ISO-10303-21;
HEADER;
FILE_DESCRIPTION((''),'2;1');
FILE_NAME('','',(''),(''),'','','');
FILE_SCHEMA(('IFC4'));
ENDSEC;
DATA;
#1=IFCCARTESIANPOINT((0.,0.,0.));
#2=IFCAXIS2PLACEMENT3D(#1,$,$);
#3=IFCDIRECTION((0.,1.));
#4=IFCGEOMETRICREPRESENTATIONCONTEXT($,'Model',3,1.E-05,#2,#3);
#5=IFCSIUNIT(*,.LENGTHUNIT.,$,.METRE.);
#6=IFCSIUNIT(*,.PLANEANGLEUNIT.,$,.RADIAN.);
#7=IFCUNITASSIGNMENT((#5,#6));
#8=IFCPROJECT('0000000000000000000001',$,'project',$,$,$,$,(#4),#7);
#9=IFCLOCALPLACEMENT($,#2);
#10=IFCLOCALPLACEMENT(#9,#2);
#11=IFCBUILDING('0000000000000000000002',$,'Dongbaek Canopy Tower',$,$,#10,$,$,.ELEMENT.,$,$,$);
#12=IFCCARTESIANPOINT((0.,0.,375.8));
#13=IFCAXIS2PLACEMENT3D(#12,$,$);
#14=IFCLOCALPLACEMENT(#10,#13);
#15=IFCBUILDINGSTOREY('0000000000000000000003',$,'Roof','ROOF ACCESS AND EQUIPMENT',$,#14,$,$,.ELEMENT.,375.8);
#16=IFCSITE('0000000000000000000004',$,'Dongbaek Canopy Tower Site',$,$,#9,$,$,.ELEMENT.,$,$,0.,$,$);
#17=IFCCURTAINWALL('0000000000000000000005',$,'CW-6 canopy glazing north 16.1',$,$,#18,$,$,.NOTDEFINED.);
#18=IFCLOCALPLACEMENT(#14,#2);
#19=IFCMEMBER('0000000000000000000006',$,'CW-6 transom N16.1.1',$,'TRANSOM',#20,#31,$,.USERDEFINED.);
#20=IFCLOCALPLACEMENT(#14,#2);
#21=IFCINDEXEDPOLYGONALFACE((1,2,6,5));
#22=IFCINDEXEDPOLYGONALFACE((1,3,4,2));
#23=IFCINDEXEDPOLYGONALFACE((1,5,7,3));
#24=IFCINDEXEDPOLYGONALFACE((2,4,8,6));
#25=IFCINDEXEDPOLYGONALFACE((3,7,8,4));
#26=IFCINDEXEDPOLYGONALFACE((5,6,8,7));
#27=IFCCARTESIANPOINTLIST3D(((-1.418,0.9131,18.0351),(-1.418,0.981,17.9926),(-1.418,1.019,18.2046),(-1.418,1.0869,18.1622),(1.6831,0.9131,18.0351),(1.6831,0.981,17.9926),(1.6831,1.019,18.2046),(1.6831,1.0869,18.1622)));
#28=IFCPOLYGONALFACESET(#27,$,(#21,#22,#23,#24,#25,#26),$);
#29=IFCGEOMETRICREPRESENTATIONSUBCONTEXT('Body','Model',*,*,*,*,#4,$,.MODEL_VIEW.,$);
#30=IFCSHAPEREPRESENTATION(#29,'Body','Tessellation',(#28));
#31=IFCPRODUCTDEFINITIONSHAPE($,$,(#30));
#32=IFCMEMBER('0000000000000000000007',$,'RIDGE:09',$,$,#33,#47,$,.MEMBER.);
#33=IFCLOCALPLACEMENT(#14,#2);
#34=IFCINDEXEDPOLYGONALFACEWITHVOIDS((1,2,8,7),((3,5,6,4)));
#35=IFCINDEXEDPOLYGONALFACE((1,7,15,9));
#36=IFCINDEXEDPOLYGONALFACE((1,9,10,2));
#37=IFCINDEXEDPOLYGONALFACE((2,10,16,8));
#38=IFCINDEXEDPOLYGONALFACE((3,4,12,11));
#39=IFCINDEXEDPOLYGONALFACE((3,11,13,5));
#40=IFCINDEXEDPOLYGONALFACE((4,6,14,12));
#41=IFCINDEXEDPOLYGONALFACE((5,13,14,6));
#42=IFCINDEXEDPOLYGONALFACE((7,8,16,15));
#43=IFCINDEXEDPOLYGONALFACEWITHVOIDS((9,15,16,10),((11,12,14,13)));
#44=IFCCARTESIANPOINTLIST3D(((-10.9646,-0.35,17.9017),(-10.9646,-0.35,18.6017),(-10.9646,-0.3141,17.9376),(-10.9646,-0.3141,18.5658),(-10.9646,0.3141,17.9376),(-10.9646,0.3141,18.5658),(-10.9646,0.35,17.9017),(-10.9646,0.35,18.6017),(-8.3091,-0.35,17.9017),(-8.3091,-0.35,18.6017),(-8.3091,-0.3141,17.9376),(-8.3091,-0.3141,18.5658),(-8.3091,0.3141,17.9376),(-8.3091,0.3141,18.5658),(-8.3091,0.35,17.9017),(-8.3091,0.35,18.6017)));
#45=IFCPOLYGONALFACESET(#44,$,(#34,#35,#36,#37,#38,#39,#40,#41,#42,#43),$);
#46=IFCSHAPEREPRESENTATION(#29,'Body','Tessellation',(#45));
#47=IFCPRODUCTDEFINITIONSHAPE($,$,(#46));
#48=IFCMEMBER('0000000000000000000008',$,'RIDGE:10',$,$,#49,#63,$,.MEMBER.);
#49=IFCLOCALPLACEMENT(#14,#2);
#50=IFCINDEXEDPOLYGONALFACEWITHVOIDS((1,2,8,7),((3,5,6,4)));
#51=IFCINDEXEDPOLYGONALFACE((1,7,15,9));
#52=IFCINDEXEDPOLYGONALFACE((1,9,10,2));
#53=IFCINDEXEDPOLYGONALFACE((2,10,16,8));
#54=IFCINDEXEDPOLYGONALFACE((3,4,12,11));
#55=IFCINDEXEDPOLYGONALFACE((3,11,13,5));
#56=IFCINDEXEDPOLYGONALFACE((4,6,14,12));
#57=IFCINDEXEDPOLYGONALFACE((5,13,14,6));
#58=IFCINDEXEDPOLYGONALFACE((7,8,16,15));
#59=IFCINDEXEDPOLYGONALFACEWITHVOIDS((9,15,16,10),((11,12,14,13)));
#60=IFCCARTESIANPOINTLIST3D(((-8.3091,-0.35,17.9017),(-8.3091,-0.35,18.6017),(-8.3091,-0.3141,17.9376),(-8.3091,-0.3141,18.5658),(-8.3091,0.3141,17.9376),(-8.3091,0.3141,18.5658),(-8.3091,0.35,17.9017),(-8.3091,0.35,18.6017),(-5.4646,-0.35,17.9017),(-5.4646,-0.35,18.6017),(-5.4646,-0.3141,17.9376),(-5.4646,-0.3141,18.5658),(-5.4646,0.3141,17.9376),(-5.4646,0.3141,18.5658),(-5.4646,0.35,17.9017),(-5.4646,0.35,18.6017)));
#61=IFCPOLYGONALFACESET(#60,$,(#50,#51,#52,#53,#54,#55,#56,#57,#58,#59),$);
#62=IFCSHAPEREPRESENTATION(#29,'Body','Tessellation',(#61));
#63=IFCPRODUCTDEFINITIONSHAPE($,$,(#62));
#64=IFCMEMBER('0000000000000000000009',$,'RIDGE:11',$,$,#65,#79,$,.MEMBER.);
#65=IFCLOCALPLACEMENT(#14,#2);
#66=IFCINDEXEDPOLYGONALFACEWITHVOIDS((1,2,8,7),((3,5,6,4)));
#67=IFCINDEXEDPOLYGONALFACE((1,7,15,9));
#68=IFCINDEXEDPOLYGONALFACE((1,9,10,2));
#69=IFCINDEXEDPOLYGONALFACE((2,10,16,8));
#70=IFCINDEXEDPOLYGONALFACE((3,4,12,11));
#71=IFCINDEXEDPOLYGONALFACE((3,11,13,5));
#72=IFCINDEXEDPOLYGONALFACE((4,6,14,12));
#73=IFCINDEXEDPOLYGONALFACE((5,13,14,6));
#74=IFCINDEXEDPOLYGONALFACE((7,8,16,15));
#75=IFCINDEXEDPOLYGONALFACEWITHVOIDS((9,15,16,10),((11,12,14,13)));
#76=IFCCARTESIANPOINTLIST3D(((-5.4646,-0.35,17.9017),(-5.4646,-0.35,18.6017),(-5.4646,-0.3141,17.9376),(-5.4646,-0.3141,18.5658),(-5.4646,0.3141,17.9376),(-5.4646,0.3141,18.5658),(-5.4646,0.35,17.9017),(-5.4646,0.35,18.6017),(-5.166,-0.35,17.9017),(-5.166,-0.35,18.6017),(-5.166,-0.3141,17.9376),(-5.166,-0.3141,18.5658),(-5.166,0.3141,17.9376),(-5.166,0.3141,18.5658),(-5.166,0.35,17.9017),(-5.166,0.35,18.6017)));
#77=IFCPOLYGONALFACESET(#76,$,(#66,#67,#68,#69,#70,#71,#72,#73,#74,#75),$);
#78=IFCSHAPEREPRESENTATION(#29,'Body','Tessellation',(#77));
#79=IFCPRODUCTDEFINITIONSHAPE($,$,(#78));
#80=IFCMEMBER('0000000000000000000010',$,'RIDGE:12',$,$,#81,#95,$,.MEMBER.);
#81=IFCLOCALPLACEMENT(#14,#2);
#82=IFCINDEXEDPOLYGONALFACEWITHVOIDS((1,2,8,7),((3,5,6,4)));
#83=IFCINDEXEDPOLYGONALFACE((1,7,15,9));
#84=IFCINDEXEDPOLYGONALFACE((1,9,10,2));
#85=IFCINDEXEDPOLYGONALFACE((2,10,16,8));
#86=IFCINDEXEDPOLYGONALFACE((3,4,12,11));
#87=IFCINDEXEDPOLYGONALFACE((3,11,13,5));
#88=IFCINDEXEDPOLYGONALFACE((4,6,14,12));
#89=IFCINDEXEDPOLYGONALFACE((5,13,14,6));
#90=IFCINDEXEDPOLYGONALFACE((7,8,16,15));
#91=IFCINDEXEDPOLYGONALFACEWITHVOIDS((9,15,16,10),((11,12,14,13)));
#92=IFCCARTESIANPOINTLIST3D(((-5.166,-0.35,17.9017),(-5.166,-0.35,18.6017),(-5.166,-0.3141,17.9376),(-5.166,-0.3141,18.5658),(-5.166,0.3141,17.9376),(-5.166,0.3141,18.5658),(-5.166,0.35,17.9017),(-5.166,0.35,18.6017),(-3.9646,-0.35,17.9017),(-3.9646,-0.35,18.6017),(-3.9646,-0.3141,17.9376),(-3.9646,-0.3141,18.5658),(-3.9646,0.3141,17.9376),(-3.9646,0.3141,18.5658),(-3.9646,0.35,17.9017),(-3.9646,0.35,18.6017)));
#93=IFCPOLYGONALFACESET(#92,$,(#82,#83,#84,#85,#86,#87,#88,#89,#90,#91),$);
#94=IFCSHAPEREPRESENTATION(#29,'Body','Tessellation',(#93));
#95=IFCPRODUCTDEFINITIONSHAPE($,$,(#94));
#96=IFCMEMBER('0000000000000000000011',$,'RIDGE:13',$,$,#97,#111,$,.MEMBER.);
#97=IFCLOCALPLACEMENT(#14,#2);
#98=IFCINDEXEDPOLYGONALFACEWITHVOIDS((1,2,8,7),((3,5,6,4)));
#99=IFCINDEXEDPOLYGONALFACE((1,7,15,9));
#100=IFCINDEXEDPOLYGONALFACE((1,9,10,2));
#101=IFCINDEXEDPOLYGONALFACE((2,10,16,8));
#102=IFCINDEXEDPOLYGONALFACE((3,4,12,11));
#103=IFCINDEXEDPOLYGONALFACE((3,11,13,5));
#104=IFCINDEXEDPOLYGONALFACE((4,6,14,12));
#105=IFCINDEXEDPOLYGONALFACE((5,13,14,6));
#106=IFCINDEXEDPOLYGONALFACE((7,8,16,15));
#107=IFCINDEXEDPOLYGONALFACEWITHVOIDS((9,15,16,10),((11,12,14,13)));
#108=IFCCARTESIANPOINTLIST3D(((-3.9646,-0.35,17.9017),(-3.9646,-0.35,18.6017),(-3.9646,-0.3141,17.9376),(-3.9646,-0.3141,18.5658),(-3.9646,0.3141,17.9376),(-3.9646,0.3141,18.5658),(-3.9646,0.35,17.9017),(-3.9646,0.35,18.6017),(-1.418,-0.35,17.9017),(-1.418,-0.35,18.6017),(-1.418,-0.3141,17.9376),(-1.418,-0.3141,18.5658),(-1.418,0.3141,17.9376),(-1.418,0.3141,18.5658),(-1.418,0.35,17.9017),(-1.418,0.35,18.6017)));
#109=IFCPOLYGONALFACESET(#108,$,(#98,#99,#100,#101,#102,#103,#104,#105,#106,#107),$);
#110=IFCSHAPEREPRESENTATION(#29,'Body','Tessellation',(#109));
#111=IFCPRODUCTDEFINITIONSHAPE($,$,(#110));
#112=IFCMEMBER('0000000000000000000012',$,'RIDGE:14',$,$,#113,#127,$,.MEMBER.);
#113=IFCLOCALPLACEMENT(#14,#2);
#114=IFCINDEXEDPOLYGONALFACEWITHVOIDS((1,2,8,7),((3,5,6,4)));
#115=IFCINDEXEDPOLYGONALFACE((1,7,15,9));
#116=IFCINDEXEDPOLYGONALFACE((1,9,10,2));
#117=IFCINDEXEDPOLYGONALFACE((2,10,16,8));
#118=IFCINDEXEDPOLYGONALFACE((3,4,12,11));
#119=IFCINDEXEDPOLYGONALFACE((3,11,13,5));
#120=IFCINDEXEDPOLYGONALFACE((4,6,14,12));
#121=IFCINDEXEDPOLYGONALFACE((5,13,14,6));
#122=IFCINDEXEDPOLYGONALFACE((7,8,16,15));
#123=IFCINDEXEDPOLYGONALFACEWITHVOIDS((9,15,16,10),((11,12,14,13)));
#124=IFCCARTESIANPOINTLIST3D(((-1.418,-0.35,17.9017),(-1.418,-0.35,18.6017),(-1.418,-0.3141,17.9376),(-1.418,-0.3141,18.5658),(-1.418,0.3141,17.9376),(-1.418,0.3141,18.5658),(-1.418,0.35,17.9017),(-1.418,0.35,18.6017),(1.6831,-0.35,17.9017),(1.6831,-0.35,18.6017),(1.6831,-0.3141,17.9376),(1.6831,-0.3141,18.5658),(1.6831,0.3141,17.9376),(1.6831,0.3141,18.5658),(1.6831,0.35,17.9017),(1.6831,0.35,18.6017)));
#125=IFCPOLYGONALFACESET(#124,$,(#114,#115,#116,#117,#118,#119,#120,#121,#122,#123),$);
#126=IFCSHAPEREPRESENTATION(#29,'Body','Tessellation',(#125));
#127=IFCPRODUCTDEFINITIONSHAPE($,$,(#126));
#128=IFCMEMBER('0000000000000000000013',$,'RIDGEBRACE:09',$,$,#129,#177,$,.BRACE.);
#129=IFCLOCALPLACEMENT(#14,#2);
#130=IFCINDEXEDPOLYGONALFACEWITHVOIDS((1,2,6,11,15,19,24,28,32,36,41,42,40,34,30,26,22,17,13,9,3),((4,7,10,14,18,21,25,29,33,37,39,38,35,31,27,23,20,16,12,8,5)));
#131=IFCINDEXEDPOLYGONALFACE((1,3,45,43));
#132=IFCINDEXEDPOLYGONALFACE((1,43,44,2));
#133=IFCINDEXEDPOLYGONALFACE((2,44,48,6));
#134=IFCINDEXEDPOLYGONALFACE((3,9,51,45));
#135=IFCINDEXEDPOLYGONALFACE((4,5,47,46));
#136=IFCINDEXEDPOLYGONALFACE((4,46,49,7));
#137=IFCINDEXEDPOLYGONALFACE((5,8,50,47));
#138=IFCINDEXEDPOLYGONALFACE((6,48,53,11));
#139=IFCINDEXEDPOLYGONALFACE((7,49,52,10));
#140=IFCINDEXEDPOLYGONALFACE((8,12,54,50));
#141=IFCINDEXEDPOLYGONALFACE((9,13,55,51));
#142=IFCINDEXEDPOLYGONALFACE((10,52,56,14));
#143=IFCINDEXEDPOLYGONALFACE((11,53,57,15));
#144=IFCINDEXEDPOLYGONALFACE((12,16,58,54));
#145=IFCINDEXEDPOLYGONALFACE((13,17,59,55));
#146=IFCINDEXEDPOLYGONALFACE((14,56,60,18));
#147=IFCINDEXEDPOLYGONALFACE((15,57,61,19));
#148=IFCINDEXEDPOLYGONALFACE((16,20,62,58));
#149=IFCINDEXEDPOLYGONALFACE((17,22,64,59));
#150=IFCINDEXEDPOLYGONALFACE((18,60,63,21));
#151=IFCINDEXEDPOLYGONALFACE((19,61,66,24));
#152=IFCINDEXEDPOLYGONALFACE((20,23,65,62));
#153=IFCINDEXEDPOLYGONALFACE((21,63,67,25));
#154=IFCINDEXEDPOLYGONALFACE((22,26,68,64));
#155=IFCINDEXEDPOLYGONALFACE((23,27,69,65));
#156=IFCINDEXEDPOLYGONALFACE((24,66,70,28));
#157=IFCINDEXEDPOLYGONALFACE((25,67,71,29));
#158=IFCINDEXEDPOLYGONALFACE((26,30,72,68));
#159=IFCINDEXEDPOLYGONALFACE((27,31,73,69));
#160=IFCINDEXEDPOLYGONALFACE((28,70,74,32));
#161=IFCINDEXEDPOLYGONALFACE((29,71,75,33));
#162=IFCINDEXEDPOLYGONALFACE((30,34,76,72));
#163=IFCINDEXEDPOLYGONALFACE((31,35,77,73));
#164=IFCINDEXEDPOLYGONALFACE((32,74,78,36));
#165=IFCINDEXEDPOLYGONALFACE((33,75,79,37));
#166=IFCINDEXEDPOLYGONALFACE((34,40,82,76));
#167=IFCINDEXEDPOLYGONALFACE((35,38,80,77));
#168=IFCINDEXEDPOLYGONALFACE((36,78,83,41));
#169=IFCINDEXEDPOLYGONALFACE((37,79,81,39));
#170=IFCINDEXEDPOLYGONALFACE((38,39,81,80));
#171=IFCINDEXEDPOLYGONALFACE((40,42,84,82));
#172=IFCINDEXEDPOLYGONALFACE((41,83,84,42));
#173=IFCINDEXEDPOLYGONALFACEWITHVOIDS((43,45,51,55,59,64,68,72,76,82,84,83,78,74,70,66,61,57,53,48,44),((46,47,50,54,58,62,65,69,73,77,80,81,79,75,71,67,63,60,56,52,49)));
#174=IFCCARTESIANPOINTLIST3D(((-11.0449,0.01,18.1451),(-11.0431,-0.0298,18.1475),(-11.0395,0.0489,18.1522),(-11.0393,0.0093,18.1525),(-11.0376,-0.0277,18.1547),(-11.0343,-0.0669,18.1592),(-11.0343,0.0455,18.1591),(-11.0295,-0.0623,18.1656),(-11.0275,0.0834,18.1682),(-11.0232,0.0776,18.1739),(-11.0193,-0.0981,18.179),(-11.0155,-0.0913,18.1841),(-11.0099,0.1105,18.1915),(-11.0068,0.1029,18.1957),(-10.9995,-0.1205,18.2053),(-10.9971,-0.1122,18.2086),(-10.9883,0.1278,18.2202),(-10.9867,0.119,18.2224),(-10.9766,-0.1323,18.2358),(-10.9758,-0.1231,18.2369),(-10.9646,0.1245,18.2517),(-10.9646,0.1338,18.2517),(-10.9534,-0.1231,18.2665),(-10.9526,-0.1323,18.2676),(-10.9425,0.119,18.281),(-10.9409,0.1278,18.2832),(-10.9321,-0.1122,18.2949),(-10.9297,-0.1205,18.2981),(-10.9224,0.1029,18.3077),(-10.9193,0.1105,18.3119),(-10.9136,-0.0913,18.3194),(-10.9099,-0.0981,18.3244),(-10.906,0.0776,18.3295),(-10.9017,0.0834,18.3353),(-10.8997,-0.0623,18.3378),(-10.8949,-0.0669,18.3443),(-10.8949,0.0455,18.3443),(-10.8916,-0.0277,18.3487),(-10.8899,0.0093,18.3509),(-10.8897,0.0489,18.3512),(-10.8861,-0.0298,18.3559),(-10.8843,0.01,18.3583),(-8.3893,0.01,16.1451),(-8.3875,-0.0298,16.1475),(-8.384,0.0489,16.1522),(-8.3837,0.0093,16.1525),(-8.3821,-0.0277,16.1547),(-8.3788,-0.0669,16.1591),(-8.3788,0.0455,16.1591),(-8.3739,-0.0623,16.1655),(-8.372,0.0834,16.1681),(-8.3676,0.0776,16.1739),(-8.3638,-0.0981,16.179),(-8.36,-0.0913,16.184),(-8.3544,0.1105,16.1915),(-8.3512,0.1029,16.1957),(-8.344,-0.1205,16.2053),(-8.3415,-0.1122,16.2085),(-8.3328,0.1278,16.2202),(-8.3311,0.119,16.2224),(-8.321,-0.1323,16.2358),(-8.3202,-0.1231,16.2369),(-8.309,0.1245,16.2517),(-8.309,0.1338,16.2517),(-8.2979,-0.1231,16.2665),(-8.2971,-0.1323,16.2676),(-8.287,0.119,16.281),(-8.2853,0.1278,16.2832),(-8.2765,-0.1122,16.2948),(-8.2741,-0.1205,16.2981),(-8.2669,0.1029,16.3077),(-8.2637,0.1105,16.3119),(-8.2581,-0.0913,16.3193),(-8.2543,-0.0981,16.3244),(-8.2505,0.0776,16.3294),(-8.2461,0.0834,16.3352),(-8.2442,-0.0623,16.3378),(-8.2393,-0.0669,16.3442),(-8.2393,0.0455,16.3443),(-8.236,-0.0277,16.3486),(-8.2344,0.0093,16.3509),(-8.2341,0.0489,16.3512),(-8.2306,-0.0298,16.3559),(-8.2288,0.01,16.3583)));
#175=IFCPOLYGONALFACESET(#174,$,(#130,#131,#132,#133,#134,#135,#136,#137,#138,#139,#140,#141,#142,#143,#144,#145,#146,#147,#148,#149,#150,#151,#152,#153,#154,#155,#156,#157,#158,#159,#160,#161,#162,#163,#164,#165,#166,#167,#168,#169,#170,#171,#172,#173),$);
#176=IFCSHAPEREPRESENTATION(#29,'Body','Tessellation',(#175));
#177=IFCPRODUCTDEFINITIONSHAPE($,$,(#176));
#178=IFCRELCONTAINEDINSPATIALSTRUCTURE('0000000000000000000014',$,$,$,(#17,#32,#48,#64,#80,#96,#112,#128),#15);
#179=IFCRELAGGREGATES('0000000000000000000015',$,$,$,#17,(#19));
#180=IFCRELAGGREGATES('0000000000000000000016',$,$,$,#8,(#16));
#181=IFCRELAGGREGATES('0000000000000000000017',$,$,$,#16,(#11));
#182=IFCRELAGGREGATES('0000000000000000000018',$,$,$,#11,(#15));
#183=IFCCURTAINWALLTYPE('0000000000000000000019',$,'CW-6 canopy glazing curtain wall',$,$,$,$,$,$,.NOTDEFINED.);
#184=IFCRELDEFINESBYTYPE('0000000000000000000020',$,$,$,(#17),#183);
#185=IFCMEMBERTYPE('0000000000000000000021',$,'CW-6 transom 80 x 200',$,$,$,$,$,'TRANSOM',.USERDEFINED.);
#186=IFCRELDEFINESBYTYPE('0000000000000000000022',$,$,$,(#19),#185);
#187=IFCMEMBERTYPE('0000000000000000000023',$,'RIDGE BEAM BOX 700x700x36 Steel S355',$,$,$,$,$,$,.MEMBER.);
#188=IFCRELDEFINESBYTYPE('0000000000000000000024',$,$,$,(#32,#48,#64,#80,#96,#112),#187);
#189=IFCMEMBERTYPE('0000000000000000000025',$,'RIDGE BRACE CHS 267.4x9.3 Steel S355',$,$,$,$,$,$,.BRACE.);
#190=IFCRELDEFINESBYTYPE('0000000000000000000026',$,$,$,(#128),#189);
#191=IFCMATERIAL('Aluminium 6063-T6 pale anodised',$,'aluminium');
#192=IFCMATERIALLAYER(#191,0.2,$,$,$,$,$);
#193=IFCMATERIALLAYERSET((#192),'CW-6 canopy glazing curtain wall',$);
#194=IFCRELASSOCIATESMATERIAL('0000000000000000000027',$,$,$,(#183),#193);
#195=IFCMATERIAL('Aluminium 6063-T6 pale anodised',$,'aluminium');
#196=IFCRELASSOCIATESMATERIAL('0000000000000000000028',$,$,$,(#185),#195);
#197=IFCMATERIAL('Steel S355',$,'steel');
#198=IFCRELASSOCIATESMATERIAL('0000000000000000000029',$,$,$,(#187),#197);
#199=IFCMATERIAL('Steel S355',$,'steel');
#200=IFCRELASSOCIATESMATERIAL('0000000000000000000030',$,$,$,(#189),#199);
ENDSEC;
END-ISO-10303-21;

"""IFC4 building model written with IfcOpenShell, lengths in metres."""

from ifc_helpers import new_model, si_unit, direction, frame, origin, origin_2d, place, context, subcontext, project, spatial, rectangle, hollow_rectangle, hollow_circle, extrude, material, layer, layer_set, material_profile, profile_set, type_object, element, aggregate, save


model = new_model("IFC4")

# Units and contexts
model_context = context("Model", 3, precision=1e-05, world=origin(), true_north=direction((0.0, 1.0)))
body_context = subcontext(model_context, "Body", "Model", "MODEL_VIEW")
ifc_project = project(units=[si_unit("LENGTHUNIT", "METRE"), si_unit("PLANEANGLEUNIT", "RADIAN")], contexts=[model_context])

# Site, building, storey
site_placement = place(None, origin())
site = spatial("IfcSite", under=ifc_project, at=site_placement, Name="Dongbaek Canopy Tower Site", CompositionType="ELEMENT", RefElevation=0.0)
building_placement = place(site_placement, origin())
building = spatial("IfcBuilding", under=site, at=building_placement, Name="Dongbaek Canopy Tower", CompositionType="ELEMENT")
storey_placement = place(building_placement, frame((0.0, 0.0, 375.8)))
storey = spatial("IfcBuildingStorey", under=building, at=storey_placement, Name="Roof", Description="ROOF ACCESS AND EQUIPMENT", CompositionType="ELEMENT", Elevation=375.8)

# Shared definitions
ifc_material_1 = material(Name="Aluminium 6063-T6 pale anodised", Category="aluminium")
ifc_layer_1 = layer(ifc_material_1, 0.2)
ifc_layer_set_1 = layer_set([ifc_layer_1], Name="CW-6 canopy glazing curtain wall")
curtain_wall_type = type_object("IfcCurtainWallType", Name="CW-6 canopy glazing curtain wall", PredefinedType="NOTDEFINED", material=ifc_layer_set_1)

# Shared definitions
ifc_material_2 = material(Name="Aluminium 6063-T6 pale anodised", Category="aluminium")
ifc_material_profile_1 = material_profile(ifc_material_2, rectangle(XDim=0.0801, YDim=0.2, at=origin_2d()), Name="CW-6 transom 80 x 200")
ifc_profile_set_1 = profile_set([ifc_material_profile_1], Name="Aluminium 6063-T6 pale anodised")
member_type_1 = type_object("IfcMemberType", Name="CW-6 transom 80 x 200", ElementType="TRANSOM", PredefinedType="USERDEFINED", material=ifc_profile_set_1)

# Curtain wall, member
curtain_wall_1_placement = place(storey_placement, origin())
curtain_wall_1 = element("IfcCurtainWall", 1, at=curtain_wall_1_placement, inside=storey, type_object=curtain_wall_type, Name="CW-6 canopy glazing north 16.1", PredefinedType="NOTDEFINED")
member_1_placement = place(storey_placement, frame((-1.418, 1.0, 18.0986), z_axis=(1.0, 0.0, 0.0), x_axis=(0.0, 0.848048, -0.529919)))
member_1 = element("IfcMember", 2, at=member_1_placement, type_object=member_type_1, Name="CW-6 transom N16.1.1", ObjectType="TRANSOM", PredefinedType="USERDEFINED", context=body_context, shape_type="SweptSolid", body=[
    extrude(rectangle(XDim=0.0801, YDim=0.2, at=origin_2d()), origin(), (0.0, 0.0, 1.0), 3.1011),
])
aggregate(curtain_wall_1, [member_1])

# Members
ifc_material_3 = material(Name="Steel S355", Category="steel")
ifc_material_profile_2 = material_profile(ifc_material_3, hollow_rectangle(XDim=0.7, YDim=0.7, WallThickness=0.0359, at=origin_2d()), Name="RIDGE BEAM BOX 700x700x36 Steel S355")
ifc_profile_set_2 = profile_set([ifc_material_profile_2], Name="Steel S355")
member_type_2 = type_object("IfcMemberType", Name="RIDGE BEAM BOX 700x700x36 Steel S355", PredefinedType="MEMBER", material=ifc_profile_set_2)
member_2_placement = place(storey_placement, frame((-10.9646, 0.0, 18.2517), z_axis=(1.0, 0.0, 0.0), x_axis=(0.0, 1.0, 0.0)))
element("IfcMember", 3, at=member_2_placement, inside=storey, type_object=member_type_2, Name="RIDGE:09", PredefinedType="MEMBER", context=body_context, shape_type="SweptSolid", body=[
    extrude(hollow_rectangle(XDim=0.7, YDim=0.7, WallThickness=0.0359, at=origin_2d()), origin(), (0.0, 0.0, 1.0), 2.6555),
])
member_3_placement = place(storey_placement, frame((-8.3091, 0.0, 18.2517), z_axis=(1.0, 0.0, 0.0), x_axis=(0.0, 1.0, 0.0)))
element("IfcMember", 4, at=member_3_placement, inside=storey, type_object=member_type_2, Name="RIDGE:10", PredefinedType="MEMBER", context=body_context, shape_type="SweptSolid", body=[
    extrude(hollow_rectangle(XDim=0.7, YDim=0.7, WallThickness=0.0359, at=origin_2d()), origin(), (0.0, 0.0, 1.0), 2.8445),
])
member_4_placement = place(storey_placement, frame((-5.4646, 0.0, 18.2517), z_axis=(1.0, 0.0, 0.0), x_axis=(0.0, 1.0, 0.0)))
element("IfcMember", 5, at=member_4_placement, inside=storey, type_object=member_type_2, Name="RIDGE:11", PredefinedType="MEMBER", context=body_context, shape_type="SweptSolid", body=[
    extrude(hollow_rectangle(XDim=0.7, YDim=0.7, WallThickness=0.0359, at=origin_2d()), origin(), (0.0, 0.0, 1.0), 0.2986),
])
member_5_placement = place(storey_placement, frame((-5.166, 0.0, 18.2517), z_axis=(1.0, 0.0, 0.0), x_axis=(0.0, 1.0, 0.0)))
element("IfcMember", 6, at=member_5_placement, inside=storey, type_object=member_type_2, Name="RIDGE:12", PredefinedType="MEMBER", context=body_context, shape_type="SweptSolid", body=[
    extrude(hollow_rectangle(XDim=0.7, YDim=0.7, WallThickness=0.0359, at=origin_2d()), origin(), (0.0, 0.0, 1.0), 1.2014),
])
member_6_placement = place(storey_placement, frame((-3.9646, 0.0, 18.2517), z_axis=(1.0, 0.0, 0.0), x_axis=(0.0, 1.0, 0.0)))
element("IfcMember", 7, at=member_6_placement, inside=storey, type_object=member_type_2, Name="RIDGE:13", PredefinedType="MEMBER", context=body_context, shape_type="SweptSolid", body=[
    extrude(hollow_rectangle(XDim=0.7, YDim=0.7, WallThickness=0.0359, at=origin_2d()), origin(), (0.0, 0.0, 1.0), 2.5466),
])
member_7_placement = place(storey_placement, frame((-1.418, 0.0, 18.2517), z_axis=(1.0, 0.0, 0.0), x_axis=(0.0, 1.0, 0.0)))
element("IfcMember", 8, at=member_7_placement, inside=storey, type_object=member_type_2, Name="RIDGE:14", PredefinedType="MEMBER", context=body_context, shape_type="SweptSolid", body=[
    extrude(hollow_rectangle(XDim=0.7, YDim=0.7, WallThickness=0.0359, at=origin_2d()), origin(), (0.0, 0.0, 1.0), 3.1011),
])
ifc_material_4 = material(Name="Steel S355", Category="steel")
ifc_material_profile_3 = material_profile(ifc_material_4, hollow_circle(Radius=0.1338, WallThickness=0.0093, at=origin_2d()), Name="RIDGE BRACE CHS 267.4x9.3 Steel S355")
ifc_profile_set_3 = profile_set([ifc_material_profile_3], Name="Steel S355")
member_type_3 = type_object("IfcMemberType", Name="RIDGE BRACE CHS 267.4x9.3 Steel S355", PredefinedType="BRACE", material=ifc_profile_set_3)
member_8_placement = place(storey_placement, frame((-10.9646, 0.0, 18.2517), z_axis=(0.798791, 0.0, -0.601609), x_axis=(0.0, 1.0, 0.0)))
element("IfcMember", 9, at=member_8_placement, inside=storey, type_object=member_type_3, Name="RIDGEBRACE:09", PredefinedType="BRACE", context=body_context, shape_type="SweptSolid", body=[
    extrude(hollow_circle(Radius=0.1338, WallThickness=0.0093, at=origin_2d()), origin(), (0.0, 0.0, 1.0), 3.3245),
])

save(model, "model.ifc")
